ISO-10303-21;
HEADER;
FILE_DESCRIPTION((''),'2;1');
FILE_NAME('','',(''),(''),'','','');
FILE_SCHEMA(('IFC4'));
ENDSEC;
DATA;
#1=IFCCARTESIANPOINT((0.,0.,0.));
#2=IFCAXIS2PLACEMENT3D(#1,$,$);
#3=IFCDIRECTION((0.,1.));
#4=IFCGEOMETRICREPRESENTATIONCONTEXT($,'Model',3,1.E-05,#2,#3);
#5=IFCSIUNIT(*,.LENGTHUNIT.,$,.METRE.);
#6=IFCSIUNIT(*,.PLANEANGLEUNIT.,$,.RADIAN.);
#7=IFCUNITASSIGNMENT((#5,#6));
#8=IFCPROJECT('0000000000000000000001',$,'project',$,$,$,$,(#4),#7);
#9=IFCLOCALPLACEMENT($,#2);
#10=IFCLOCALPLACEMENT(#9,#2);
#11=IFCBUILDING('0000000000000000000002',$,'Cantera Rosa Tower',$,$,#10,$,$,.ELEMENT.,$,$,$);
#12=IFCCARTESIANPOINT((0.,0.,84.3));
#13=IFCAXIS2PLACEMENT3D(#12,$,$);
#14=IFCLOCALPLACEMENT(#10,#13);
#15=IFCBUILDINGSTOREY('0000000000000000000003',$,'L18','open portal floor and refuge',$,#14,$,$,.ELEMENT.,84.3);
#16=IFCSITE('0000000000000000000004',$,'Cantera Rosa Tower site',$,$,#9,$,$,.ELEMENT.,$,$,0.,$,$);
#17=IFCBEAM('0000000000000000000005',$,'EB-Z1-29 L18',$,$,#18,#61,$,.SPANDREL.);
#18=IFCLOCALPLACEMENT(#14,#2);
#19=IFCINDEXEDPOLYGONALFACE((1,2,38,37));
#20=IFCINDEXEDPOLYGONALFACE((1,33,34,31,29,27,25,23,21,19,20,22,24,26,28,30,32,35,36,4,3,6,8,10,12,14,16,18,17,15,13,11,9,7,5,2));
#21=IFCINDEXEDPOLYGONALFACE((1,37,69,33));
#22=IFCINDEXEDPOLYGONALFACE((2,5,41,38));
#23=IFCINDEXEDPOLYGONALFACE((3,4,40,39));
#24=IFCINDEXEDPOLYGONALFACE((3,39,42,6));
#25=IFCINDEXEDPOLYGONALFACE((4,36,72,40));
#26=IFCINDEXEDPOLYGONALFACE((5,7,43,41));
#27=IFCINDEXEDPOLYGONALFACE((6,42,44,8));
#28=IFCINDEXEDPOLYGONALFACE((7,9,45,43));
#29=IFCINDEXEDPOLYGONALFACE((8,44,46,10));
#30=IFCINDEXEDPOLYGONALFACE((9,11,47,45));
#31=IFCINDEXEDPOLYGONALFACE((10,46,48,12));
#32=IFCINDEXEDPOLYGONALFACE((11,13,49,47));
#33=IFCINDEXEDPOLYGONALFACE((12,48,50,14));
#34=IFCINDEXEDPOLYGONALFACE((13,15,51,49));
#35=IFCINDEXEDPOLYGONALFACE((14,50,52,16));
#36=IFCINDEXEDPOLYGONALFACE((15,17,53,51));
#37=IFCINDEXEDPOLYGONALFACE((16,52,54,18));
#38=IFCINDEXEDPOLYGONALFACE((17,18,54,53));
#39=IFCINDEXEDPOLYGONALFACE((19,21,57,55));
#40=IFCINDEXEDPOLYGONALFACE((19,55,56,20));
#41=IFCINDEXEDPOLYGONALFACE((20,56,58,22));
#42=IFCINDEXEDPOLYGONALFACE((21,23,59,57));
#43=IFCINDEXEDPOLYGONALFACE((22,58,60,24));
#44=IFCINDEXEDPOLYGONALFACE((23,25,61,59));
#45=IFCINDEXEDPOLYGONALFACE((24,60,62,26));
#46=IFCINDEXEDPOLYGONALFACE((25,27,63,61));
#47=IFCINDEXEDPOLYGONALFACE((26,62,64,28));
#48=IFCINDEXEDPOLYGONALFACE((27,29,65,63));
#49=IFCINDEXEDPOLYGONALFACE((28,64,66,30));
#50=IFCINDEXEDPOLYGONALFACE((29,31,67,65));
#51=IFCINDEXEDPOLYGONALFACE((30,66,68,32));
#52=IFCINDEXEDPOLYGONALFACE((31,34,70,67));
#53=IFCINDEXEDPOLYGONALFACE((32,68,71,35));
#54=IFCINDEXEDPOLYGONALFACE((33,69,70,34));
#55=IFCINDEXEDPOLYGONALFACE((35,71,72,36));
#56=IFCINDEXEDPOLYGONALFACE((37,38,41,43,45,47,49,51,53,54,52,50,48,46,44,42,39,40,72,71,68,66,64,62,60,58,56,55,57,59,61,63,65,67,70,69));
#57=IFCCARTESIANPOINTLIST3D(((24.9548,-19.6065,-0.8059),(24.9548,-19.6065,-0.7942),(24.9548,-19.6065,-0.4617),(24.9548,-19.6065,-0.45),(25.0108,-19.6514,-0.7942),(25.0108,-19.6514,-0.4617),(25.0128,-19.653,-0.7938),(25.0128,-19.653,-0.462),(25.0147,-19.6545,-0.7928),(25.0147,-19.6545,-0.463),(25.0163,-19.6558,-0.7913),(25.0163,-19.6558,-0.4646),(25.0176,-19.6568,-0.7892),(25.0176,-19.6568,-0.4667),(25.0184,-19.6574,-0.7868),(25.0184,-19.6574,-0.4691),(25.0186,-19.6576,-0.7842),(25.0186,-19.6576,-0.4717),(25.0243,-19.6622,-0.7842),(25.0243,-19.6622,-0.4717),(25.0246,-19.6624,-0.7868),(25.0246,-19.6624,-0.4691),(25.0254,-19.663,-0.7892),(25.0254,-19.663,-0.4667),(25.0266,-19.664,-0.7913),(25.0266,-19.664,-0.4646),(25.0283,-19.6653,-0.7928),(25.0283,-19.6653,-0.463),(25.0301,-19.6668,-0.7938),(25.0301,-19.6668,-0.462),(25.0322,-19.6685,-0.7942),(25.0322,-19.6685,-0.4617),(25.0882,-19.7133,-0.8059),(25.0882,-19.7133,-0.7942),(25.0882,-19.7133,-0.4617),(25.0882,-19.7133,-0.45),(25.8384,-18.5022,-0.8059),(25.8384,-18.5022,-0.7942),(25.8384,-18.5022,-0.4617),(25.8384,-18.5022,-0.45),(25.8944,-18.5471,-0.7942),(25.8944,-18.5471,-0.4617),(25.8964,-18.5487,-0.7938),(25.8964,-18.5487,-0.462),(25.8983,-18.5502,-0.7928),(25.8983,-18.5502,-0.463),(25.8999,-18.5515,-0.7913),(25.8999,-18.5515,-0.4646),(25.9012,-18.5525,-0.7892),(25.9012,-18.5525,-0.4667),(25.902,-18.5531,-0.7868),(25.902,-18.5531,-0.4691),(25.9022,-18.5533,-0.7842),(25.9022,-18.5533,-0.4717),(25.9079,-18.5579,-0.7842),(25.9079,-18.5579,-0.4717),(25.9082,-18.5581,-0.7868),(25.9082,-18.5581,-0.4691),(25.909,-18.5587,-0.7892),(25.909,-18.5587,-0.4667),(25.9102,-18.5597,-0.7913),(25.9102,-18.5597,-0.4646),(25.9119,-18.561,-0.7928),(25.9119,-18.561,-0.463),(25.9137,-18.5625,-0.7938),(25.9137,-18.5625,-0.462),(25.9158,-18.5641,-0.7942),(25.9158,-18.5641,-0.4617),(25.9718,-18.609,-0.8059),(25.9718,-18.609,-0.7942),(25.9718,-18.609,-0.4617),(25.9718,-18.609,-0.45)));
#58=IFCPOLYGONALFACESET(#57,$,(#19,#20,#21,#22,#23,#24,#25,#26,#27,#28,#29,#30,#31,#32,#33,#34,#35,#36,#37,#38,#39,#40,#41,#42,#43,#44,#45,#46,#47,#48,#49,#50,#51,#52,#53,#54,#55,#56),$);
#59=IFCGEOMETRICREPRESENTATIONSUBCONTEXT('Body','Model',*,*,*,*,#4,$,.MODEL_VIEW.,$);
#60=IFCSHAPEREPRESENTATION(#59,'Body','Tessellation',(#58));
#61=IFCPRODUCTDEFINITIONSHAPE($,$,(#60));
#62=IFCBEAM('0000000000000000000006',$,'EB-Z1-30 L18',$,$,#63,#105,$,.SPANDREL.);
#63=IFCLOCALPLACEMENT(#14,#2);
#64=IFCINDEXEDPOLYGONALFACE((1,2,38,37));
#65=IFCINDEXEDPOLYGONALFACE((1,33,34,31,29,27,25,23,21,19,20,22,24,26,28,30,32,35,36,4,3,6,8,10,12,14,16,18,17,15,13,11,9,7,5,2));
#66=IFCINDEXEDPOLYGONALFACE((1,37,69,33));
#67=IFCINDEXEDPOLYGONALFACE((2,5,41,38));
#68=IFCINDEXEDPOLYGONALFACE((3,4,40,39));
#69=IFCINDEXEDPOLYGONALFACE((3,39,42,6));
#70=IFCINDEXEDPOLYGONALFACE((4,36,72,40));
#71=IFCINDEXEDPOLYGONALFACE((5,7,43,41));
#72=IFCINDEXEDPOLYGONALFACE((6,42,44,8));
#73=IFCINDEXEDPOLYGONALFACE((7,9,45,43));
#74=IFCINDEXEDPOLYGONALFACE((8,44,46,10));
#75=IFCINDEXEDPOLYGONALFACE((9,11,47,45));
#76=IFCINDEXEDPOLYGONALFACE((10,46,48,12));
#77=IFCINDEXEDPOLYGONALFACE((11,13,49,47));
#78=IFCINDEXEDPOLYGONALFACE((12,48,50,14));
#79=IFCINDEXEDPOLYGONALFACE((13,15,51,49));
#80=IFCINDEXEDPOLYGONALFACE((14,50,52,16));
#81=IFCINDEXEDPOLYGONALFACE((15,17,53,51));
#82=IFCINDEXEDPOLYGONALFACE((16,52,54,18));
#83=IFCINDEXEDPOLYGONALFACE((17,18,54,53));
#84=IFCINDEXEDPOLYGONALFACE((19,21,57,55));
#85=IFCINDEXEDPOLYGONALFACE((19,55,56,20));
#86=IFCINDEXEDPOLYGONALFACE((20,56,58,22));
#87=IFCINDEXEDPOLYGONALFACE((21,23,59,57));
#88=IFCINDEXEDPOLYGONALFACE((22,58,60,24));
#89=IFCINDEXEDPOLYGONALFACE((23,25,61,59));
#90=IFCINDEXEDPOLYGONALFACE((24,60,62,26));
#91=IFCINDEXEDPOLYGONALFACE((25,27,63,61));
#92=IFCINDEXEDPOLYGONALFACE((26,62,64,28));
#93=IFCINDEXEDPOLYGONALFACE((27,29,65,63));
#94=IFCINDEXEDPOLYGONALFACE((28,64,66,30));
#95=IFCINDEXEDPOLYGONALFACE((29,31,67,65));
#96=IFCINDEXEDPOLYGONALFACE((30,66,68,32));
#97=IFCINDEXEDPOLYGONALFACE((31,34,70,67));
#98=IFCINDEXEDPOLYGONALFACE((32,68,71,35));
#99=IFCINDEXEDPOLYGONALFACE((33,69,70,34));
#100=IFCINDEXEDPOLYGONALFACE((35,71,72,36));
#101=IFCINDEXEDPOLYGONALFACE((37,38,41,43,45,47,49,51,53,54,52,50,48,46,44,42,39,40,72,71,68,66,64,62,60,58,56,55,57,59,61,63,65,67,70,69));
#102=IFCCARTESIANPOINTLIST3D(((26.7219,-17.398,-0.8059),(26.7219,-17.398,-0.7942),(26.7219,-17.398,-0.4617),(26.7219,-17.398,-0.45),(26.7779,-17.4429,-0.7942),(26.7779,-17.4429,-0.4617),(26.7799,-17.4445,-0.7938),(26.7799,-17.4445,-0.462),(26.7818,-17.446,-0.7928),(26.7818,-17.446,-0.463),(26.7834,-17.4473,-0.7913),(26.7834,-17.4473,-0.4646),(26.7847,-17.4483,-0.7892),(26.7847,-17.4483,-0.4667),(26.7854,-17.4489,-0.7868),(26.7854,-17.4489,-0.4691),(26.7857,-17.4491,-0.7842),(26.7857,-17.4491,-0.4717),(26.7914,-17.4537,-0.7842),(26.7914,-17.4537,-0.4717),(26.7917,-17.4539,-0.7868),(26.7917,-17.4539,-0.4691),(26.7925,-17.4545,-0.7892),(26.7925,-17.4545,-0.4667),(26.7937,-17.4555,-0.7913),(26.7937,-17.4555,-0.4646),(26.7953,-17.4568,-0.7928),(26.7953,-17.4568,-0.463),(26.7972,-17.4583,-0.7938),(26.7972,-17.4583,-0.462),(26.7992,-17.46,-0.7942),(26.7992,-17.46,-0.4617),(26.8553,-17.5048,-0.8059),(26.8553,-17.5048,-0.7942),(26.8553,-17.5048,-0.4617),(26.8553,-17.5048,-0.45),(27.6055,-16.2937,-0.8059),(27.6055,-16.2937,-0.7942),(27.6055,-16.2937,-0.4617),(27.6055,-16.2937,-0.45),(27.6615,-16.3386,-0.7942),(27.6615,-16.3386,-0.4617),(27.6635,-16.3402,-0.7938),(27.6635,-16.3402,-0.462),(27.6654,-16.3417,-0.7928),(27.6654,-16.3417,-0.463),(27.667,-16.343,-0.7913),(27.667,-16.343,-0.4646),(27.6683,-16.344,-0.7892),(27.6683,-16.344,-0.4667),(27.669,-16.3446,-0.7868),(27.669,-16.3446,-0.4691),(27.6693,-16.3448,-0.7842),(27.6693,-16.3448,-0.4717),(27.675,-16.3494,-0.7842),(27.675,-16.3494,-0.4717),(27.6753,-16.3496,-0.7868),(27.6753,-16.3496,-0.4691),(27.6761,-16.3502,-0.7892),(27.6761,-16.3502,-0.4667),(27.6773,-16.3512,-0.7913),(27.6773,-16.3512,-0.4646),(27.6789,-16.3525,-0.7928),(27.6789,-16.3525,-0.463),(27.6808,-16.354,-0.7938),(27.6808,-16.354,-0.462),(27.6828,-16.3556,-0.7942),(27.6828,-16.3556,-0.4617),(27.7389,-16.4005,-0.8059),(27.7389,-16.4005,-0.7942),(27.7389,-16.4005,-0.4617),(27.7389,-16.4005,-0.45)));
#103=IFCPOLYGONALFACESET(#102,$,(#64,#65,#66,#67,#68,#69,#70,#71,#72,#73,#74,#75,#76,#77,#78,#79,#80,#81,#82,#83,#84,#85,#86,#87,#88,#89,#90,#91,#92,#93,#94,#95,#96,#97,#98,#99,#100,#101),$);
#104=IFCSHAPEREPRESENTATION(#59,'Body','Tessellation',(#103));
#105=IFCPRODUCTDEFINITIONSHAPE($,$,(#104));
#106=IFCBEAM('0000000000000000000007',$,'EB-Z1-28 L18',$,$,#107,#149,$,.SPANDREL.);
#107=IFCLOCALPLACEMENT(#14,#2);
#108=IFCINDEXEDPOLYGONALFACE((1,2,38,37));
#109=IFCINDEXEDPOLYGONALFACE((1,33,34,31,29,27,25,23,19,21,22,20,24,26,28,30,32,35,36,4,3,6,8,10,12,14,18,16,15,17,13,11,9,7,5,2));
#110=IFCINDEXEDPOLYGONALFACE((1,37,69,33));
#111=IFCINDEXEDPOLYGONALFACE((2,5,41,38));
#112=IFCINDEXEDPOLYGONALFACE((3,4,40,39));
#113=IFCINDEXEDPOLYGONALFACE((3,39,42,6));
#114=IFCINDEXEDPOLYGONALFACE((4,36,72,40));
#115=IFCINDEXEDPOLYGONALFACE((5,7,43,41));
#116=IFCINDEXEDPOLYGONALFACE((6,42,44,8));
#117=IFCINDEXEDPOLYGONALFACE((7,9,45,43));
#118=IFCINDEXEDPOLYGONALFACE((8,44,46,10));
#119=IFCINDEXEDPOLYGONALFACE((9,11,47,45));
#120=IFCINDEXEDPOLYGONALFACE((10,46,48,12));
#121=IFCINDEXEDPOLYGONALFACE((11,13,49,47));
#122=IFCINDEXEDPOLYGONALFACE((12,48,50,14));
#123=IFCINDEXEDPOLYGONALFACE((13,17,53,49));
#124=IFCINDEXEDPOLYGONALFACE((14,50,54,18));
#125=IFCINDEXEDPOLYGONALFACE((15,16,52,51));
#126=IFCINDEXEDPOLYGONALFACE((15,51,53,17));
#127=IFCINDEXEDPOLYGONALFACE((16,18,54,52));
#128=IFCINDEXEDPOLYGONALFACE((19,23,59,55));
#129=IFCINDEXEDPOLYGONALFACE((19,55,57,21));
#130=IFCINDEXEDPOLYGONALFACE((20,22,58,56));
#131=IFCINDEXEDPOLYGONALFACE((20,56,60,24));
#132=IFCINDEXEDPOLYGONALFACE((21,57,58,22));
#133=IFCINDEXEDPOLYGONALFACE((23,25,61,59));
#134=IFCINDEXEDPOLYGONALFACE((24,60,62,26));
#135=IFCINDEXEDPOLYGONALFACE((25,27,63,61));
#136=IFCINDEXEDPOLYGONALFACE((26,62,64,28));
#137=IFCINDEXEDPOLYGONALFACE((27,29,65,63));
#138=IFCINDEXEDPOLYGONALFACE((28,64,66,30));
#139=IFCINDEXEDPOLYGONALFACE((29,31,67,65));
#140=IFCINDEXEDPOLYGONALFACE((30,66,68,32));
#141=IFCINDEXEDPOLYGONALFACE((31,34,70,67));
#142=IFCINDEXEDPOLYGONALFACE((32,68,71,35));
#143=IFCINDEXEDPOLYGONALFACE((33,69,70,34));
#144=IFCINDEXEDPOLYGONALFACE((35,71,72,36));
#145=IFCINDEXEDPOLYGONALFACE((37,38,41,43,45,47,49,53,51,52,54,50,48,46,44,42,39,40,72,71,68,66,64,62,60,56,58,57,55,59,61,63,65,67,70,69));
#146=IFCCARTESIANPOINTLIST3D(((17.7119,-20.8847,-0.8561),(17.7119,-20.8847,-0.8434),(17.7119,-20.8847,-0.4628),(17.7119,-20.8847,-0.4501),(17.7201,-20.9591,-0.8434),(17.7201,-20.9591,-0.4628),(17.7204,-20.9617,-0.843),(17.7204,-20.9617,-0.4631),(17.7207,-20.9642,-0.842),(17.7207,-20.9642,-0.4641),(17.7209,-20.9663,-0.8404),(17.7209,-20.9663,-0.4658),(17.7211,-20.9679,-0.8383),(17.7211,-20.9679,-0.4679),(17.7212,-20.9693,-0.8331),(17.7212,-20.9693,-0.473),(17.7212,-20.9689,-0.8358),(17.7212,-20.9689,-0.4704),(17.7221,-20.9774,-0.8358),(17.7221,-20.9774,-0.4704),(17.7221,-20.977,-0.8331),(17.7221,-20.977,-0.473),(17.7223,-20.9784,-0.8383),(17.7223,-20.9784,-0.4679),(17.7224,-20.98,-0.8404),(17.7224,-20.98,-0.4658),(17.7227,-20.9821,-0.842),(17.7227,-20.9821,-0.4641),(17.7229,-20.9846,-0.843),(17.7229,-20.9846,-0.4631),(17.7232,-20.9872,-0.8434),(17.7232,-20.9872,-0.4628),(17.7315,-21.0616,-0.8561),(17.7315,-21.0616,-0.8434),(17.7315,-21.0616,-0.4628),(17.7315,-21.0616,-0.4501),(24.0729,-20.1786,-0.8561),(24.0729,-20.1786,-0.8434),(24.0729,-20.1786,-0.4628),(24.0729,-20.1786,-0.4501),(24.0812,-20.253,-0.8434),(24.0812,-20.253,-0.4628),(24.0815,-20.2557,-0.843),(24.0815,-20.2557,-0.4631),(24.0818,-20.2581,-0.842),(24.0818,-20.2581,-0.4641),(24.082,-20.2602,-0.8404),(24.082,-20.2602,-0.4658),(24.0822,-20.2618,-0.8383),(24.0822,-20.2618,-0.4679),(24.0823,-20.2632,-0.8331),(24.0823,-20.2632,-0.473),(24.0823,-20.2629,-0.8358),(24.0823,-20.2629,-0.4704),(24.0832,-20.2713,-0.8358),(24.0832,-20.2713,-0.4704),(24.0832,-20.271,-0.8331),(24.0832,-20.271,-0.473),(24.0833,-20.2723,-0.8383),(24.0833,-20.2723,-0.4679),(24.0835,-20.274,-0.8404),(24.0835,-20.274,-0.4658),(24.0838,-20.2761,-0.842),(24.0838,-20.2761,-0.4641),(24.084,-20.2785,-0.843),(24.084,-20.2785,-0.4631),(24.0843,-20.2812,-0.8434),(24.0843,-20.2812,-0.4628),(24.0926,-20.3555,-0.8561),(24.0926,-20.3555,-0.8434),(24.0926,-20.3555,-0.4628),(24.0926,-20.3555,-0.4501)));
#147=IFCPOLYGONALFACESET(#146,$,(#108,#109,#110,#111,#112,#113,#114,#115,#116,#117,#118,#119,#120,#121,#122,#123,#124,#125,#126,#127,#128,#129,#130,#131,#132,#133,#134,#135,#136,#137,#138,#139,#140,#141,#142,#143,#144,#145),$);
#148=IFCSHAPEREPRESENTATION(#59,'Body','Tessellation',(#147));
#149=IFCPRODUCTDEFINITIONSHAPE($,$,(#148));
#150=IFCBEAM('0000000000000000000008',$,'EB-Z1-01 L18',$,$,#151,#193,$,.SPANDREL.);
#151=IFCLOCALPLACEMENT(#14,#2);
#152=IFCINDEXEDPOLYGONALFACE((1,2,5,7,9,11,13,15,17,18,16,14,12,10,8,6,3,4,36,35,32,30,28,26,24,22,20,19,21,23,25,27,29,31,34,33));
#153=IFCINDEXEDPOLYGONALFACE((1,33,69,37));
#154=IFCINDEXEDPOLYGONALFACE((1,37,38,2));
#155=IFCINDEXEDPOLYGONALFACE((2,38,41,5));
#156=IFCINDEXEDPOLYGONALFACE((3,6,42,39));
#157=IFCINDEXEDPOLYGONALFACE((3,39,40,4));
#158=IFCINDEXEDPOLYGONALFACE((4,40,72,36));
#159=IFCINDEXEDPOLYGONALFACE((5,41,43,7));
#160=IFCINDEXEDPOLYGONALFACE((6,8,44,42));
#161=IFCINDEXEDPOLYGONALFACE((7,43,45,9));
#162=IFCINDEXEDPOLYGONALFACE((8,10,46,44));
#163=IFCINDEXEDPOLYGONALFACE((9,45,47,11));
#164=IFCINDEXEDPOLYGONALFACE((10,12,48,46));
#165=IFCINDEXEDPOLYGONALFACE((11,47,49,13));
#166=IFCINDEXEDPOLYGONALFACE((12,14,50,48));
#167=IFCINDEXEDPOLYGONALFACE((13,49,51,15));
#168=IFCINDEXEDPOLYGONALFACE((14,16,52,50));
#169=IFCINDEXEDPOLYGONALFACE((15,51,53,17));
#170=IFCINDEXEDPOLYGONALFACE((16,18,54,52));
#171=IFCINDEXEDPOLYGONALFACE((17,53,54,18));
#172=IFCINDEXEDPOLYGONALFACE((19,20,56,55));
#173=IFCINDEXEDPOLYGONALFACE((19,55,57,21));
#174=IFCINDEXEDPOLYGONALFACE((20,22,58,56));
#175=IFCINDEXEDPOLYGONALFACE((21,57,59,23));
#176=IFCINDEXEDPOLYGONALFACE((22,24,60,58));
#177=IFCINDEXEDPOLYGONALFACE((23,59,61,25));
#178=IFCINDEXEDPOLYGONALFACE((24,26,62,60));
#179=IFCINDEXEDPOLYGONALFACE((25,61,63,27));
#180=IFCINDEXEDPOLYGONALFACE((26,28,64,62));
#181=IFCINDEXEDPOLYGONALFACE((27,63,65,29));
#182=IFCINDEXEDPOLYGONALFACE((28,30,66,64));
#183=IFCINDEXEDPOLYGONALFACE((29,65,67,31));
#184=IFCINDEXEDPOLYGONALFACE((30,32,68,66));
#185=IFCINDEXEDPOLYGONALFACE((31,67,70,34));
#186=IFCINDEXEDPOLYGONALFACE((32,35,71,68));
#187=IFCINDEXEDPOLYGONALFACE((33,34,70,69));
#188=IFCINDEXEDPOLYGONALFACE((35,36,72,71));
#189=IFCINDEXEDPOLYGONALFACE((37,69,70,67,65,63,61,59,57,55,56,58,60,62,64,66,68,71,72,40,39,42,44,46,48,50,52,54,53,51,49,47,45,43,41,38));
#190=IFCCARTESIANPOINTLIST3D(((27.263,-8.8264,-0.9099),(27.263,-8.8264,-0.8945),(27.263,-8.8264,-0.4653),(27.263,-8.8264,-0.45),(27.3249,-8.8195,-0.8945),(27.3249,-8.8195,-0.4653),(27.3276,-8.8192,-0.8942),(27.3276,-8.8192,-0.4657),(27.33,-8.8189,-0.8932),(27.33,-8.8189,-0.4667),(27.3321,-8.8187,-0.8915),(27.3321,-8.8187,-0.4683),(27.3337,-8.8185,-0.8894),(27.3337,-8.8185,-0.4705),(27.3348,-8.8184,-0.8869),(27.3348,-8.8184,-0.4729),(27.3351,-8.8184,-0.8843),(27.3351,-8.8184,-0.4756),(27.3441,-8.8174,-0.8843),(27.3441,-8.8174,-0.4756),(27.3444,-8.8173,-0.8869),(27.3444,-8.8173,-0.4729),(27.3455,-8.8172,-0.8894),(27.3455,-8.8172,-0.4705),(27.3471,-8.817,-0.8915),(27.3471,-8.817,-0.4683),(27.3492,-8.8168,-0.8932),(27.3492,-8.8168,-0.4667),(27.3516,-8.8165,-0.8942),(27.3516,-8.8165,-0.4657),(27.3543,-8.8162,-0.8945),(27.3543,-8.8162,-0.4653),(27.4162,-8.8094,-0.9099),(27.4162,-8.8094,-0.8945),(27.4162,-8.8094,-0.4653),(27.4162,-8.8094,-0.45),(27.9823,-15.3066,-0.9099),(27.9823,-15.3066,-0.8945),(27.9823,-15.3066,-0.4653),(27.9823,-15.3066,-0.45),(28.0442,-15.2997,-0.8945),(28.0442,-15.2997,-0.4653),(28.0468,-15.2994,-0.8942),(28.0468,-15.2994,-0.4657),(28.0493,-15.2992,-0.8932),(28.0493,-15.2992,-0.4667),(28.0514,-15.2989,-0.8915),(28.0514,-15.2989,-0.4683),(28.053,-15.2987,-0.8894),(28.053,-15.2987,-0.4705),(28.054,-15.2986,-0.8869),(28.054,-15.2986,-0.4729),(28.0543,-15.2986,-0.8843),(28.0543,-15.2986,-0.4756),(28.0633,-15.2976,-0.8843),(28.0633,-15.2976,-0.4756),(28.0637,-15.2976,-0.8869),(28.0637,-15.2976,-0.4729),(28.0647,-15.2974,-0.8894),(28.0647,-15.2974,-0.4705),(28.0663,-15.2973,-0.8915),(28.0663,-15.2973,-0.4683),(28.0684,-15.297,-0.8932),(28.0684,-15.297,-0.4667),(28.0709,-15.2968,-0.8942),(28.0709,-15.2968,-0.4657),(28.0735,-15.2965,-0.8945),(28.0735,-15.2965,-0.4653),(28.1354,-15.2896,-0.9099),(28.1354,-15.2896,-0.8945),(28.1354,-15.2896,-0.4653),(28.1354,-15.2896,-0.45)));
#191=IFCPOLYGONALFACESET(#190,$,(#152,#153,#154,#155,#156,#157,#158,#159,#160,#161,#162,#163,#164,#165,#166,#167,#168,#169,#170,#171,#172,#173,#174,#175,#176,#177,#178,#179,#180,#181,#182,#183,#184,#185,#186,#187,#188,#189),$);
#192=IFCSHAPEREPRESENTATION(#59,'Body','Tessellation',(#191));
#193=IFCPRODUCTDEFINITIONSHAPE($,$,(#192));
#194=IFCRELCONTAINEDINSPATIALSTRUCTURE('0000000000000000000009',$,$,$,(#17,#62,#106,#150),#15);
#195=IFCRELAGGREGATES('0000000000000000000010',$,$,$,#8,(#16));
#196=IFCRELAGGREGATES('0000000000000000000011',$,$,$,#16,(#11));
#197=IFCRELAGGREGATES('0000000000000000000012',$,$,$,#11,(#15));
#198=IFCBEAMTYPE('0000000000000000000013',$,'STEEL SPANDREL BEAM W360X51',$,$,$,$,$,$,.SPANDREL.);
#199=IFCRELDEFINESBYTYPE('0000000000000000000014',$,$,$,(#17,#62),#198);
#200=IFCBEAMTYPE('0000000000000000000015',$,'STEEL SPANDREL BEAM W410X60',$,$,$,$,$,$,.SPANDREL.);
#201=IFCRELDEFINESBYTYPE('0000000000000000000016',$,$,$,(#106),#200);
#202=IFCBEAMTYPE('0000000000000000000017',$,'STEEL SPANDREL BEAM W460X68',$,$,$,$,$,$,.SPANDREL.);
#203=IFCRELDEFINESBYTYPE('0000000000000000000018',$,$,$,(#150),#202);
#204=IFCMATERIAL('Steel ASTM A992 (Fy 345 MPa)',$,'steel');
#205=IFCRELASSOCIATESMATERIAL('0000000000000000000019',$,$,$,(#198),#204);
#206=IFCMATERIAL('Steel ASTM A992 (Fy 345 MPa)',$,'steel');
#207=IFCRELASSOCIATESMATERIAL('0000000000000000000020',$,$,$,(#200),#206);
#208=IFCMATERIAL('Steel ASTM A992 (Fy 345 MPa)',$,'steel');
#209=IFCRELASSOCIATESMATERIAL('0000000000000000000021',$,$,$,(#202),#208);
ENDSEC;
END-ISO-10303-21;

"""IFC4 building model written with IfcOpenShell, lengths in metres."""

from ifc_helpers import new_model, si_unit, direction, frame, origin, origin_2d, place, context, subcontext, project, spatial, i_section, extrude, material, material_profile, profile_set, type_object, element, save


model = new_model("IFC4")

# Units and contexts
model_context = context("Model", 3, precision=1e-05, world=origin(), true_north=direction((0.0, 1.0)))
body_context = subcontext(model_context, "Body", "Model", "MODEL_VIEW")
ifc_project = project(units=[si_unit("LENGTHUNIT", "METRE"), si_unit("PLANEANGLEUNIT", "RADIAN")], contexts=[model_context])

# Site, building, storey
site_placement = place(None, origin())
site = spatial("IfcSite", under=ifc_project, at=site_placement, Name="Cantera Rosa Tower site", CompositionType="ELEMENT", RefElevation=0.0)
building_placement = place(site_placement, origin())
building = spatial("IfcBuilding", under=site, at=building_placement, Name="Cantera Rosa Tower", CompositionType="ELEMENT")
storey_placement = place(building_placement, frame((0.0, 0.0, 84.3)))
storey = spatial("IfcBuildingStorey", under=building, at=storey_placement, Name="L18", Description="open portal floor and refuge", CompositionType="ELEMENT", Elevation=84.3)

# Beams
ifc_material_1 = material(Name="Steel ASTM A992 (Fy 345 MPa)", Category="steel")
ifc_material_profile_1 = material_profile(ifc_material_1, i_section(OverallWidth=0.1709, OverallDepth=0.356, WebThickness=0.0073, FlangeThickness=0.0117, FilletRadius=0.01, at=origin_2d()), Name="W360X51")
ifc_profile_set_1 = profile_set([ifc_material_profile_1], Name="Steel ASTM A992 (Fy 345 MPa)")
beam_type_1 = type_object("IfcBeamType", Name="STEEL SPANDREL BEAM W360X51", PredefinedType="SPANDREL", material=ifc_profile_set_1)
for number, where, z_axis, x_axis, name in (
    (1, (25.0215, -19.6599, -0.6279), (0.624758, 0.780818, 0.0), (-0.780818, 0.624758, 0.0), "EB-Z1-29 L18"),
    (2, (26.7886, -17.4514, -0.6279), (0.624758, 0.780818, 0.0), (-0.780818, 0.624758, 0.0), "EB-Z1-30 L18"),
):
    element("IfcBeam", number, at=place(storey_placement, frame(where, z_axis=z_axis, x_axis=x_axis)), inside=storey, type_object=beam_type_1, Name=name, PredefinedType="SPANDREL", context=body_context, shape_type="SweptSolid", body=[
        extrude(i_section(OverallWidth=0.1709, OverallDepth=0.356, WebThickness=0.0073, FlangeThickness=0.0117, FilletRadius=0.01, at=origin_2d()), origin(), (0.0, 0.0, 1.0), 1.4143),
    ])
ifc_material_2 = material(Name="Steel ASTM A992 (Fy 345 MPa)", Category="steel")
ifc_material_profile_2 = material_profile(ifc_material_2, i_section(OverallWidth=0.178, OverallDepth=0.406, WebThickness=0.0078, FlangeThickness=0.0127, FilletRadius=0.0103, at=origin_2d()), Name="W410X60")
ifc_profile_set_2 = profile_set([ifc_material_profile_2], Name="Steel ASTM A992 (Fy 345 MPa)")
beam_type_2 = type_object("IfcBeamType", Name="STEEL SPANDREL BEAM W410X60", PredefinedType="SPANDREL", material=ifc_profile_set_2)
beam_1_placement = place(storey_placement, frame((17.7217, -20.9731, -0.6531), z_axis=(0.993896, 0.110318, 0.0), x_axis=(-0.110318, 0.993896, 0.0)))
element("IfcBeam", 3, at=beam_1_placement, inside=storey, type_object=beam_type_2, Name="EB-Z1-28 L18", PredefinedType="SPANDREL", context=body_context, shape_type="SweptSolid", body=[
    extrude(i_section(OverallWidth=0.178, OverallDepth=0.406, WebThickness=0.0078, FlangeThickness=0.0127, FilletRadius=0.0103, at=origin_2d()), origin(), (0.0, 0.0, 1.0), 6.4001),
])
ifc_material_3 = material(Name="Steel ASTM A992 (Fy 345 MPa)", Category="steel")
ifc_material_profile_3 = material_profile(ifc_material_3, i_section(OverallWidth=0.1541, OverallDepth=0.46, WebThickness=0.009, FlangeThickness=0.0154, FilletRadius=0.0103, at=origin_2d()), Name="W460X68")
ifc_profile_set_3 = profile_set([ifc_material_profile_3], Name="Steel ASTM A992 (Fy 345 MPa)")
beam_type_3 = type_object("IfcBeamType", Name="STEEL SPANDREL BEAM W460X68", PredefinedType="SPANDREL", material=ifc_profile_set_3)
for number, where, z_axis, x_axis, name in (
    (4, (28.0588, -15.2981, -0.6799), (-0.110312, 0.993897, 0.0), (-0.993897, -0.110312, 0.0), "EB-Z1-01 L18"),
):
    element("IfcBeam", number, at=place(storey_placement, frame(where, z_axis=z_axis, x_axis=x_axis)), inside=storey, type_object=beam_type_3, Name=name, PredefinedType="SPANDREL", context=body_context, shape_type="SweptSolid", body=[
        extrude(i_section(OverallWidth=0.1541, OverallDepth=0.46, WebThickness=0.009, FlangeThickness=0.0154, FilletRadius=0.0103, at=origin_2d()), origin(), (0.0, 0.0, 1.0), 6.52),
    ])

save(model, "model.ifc")
